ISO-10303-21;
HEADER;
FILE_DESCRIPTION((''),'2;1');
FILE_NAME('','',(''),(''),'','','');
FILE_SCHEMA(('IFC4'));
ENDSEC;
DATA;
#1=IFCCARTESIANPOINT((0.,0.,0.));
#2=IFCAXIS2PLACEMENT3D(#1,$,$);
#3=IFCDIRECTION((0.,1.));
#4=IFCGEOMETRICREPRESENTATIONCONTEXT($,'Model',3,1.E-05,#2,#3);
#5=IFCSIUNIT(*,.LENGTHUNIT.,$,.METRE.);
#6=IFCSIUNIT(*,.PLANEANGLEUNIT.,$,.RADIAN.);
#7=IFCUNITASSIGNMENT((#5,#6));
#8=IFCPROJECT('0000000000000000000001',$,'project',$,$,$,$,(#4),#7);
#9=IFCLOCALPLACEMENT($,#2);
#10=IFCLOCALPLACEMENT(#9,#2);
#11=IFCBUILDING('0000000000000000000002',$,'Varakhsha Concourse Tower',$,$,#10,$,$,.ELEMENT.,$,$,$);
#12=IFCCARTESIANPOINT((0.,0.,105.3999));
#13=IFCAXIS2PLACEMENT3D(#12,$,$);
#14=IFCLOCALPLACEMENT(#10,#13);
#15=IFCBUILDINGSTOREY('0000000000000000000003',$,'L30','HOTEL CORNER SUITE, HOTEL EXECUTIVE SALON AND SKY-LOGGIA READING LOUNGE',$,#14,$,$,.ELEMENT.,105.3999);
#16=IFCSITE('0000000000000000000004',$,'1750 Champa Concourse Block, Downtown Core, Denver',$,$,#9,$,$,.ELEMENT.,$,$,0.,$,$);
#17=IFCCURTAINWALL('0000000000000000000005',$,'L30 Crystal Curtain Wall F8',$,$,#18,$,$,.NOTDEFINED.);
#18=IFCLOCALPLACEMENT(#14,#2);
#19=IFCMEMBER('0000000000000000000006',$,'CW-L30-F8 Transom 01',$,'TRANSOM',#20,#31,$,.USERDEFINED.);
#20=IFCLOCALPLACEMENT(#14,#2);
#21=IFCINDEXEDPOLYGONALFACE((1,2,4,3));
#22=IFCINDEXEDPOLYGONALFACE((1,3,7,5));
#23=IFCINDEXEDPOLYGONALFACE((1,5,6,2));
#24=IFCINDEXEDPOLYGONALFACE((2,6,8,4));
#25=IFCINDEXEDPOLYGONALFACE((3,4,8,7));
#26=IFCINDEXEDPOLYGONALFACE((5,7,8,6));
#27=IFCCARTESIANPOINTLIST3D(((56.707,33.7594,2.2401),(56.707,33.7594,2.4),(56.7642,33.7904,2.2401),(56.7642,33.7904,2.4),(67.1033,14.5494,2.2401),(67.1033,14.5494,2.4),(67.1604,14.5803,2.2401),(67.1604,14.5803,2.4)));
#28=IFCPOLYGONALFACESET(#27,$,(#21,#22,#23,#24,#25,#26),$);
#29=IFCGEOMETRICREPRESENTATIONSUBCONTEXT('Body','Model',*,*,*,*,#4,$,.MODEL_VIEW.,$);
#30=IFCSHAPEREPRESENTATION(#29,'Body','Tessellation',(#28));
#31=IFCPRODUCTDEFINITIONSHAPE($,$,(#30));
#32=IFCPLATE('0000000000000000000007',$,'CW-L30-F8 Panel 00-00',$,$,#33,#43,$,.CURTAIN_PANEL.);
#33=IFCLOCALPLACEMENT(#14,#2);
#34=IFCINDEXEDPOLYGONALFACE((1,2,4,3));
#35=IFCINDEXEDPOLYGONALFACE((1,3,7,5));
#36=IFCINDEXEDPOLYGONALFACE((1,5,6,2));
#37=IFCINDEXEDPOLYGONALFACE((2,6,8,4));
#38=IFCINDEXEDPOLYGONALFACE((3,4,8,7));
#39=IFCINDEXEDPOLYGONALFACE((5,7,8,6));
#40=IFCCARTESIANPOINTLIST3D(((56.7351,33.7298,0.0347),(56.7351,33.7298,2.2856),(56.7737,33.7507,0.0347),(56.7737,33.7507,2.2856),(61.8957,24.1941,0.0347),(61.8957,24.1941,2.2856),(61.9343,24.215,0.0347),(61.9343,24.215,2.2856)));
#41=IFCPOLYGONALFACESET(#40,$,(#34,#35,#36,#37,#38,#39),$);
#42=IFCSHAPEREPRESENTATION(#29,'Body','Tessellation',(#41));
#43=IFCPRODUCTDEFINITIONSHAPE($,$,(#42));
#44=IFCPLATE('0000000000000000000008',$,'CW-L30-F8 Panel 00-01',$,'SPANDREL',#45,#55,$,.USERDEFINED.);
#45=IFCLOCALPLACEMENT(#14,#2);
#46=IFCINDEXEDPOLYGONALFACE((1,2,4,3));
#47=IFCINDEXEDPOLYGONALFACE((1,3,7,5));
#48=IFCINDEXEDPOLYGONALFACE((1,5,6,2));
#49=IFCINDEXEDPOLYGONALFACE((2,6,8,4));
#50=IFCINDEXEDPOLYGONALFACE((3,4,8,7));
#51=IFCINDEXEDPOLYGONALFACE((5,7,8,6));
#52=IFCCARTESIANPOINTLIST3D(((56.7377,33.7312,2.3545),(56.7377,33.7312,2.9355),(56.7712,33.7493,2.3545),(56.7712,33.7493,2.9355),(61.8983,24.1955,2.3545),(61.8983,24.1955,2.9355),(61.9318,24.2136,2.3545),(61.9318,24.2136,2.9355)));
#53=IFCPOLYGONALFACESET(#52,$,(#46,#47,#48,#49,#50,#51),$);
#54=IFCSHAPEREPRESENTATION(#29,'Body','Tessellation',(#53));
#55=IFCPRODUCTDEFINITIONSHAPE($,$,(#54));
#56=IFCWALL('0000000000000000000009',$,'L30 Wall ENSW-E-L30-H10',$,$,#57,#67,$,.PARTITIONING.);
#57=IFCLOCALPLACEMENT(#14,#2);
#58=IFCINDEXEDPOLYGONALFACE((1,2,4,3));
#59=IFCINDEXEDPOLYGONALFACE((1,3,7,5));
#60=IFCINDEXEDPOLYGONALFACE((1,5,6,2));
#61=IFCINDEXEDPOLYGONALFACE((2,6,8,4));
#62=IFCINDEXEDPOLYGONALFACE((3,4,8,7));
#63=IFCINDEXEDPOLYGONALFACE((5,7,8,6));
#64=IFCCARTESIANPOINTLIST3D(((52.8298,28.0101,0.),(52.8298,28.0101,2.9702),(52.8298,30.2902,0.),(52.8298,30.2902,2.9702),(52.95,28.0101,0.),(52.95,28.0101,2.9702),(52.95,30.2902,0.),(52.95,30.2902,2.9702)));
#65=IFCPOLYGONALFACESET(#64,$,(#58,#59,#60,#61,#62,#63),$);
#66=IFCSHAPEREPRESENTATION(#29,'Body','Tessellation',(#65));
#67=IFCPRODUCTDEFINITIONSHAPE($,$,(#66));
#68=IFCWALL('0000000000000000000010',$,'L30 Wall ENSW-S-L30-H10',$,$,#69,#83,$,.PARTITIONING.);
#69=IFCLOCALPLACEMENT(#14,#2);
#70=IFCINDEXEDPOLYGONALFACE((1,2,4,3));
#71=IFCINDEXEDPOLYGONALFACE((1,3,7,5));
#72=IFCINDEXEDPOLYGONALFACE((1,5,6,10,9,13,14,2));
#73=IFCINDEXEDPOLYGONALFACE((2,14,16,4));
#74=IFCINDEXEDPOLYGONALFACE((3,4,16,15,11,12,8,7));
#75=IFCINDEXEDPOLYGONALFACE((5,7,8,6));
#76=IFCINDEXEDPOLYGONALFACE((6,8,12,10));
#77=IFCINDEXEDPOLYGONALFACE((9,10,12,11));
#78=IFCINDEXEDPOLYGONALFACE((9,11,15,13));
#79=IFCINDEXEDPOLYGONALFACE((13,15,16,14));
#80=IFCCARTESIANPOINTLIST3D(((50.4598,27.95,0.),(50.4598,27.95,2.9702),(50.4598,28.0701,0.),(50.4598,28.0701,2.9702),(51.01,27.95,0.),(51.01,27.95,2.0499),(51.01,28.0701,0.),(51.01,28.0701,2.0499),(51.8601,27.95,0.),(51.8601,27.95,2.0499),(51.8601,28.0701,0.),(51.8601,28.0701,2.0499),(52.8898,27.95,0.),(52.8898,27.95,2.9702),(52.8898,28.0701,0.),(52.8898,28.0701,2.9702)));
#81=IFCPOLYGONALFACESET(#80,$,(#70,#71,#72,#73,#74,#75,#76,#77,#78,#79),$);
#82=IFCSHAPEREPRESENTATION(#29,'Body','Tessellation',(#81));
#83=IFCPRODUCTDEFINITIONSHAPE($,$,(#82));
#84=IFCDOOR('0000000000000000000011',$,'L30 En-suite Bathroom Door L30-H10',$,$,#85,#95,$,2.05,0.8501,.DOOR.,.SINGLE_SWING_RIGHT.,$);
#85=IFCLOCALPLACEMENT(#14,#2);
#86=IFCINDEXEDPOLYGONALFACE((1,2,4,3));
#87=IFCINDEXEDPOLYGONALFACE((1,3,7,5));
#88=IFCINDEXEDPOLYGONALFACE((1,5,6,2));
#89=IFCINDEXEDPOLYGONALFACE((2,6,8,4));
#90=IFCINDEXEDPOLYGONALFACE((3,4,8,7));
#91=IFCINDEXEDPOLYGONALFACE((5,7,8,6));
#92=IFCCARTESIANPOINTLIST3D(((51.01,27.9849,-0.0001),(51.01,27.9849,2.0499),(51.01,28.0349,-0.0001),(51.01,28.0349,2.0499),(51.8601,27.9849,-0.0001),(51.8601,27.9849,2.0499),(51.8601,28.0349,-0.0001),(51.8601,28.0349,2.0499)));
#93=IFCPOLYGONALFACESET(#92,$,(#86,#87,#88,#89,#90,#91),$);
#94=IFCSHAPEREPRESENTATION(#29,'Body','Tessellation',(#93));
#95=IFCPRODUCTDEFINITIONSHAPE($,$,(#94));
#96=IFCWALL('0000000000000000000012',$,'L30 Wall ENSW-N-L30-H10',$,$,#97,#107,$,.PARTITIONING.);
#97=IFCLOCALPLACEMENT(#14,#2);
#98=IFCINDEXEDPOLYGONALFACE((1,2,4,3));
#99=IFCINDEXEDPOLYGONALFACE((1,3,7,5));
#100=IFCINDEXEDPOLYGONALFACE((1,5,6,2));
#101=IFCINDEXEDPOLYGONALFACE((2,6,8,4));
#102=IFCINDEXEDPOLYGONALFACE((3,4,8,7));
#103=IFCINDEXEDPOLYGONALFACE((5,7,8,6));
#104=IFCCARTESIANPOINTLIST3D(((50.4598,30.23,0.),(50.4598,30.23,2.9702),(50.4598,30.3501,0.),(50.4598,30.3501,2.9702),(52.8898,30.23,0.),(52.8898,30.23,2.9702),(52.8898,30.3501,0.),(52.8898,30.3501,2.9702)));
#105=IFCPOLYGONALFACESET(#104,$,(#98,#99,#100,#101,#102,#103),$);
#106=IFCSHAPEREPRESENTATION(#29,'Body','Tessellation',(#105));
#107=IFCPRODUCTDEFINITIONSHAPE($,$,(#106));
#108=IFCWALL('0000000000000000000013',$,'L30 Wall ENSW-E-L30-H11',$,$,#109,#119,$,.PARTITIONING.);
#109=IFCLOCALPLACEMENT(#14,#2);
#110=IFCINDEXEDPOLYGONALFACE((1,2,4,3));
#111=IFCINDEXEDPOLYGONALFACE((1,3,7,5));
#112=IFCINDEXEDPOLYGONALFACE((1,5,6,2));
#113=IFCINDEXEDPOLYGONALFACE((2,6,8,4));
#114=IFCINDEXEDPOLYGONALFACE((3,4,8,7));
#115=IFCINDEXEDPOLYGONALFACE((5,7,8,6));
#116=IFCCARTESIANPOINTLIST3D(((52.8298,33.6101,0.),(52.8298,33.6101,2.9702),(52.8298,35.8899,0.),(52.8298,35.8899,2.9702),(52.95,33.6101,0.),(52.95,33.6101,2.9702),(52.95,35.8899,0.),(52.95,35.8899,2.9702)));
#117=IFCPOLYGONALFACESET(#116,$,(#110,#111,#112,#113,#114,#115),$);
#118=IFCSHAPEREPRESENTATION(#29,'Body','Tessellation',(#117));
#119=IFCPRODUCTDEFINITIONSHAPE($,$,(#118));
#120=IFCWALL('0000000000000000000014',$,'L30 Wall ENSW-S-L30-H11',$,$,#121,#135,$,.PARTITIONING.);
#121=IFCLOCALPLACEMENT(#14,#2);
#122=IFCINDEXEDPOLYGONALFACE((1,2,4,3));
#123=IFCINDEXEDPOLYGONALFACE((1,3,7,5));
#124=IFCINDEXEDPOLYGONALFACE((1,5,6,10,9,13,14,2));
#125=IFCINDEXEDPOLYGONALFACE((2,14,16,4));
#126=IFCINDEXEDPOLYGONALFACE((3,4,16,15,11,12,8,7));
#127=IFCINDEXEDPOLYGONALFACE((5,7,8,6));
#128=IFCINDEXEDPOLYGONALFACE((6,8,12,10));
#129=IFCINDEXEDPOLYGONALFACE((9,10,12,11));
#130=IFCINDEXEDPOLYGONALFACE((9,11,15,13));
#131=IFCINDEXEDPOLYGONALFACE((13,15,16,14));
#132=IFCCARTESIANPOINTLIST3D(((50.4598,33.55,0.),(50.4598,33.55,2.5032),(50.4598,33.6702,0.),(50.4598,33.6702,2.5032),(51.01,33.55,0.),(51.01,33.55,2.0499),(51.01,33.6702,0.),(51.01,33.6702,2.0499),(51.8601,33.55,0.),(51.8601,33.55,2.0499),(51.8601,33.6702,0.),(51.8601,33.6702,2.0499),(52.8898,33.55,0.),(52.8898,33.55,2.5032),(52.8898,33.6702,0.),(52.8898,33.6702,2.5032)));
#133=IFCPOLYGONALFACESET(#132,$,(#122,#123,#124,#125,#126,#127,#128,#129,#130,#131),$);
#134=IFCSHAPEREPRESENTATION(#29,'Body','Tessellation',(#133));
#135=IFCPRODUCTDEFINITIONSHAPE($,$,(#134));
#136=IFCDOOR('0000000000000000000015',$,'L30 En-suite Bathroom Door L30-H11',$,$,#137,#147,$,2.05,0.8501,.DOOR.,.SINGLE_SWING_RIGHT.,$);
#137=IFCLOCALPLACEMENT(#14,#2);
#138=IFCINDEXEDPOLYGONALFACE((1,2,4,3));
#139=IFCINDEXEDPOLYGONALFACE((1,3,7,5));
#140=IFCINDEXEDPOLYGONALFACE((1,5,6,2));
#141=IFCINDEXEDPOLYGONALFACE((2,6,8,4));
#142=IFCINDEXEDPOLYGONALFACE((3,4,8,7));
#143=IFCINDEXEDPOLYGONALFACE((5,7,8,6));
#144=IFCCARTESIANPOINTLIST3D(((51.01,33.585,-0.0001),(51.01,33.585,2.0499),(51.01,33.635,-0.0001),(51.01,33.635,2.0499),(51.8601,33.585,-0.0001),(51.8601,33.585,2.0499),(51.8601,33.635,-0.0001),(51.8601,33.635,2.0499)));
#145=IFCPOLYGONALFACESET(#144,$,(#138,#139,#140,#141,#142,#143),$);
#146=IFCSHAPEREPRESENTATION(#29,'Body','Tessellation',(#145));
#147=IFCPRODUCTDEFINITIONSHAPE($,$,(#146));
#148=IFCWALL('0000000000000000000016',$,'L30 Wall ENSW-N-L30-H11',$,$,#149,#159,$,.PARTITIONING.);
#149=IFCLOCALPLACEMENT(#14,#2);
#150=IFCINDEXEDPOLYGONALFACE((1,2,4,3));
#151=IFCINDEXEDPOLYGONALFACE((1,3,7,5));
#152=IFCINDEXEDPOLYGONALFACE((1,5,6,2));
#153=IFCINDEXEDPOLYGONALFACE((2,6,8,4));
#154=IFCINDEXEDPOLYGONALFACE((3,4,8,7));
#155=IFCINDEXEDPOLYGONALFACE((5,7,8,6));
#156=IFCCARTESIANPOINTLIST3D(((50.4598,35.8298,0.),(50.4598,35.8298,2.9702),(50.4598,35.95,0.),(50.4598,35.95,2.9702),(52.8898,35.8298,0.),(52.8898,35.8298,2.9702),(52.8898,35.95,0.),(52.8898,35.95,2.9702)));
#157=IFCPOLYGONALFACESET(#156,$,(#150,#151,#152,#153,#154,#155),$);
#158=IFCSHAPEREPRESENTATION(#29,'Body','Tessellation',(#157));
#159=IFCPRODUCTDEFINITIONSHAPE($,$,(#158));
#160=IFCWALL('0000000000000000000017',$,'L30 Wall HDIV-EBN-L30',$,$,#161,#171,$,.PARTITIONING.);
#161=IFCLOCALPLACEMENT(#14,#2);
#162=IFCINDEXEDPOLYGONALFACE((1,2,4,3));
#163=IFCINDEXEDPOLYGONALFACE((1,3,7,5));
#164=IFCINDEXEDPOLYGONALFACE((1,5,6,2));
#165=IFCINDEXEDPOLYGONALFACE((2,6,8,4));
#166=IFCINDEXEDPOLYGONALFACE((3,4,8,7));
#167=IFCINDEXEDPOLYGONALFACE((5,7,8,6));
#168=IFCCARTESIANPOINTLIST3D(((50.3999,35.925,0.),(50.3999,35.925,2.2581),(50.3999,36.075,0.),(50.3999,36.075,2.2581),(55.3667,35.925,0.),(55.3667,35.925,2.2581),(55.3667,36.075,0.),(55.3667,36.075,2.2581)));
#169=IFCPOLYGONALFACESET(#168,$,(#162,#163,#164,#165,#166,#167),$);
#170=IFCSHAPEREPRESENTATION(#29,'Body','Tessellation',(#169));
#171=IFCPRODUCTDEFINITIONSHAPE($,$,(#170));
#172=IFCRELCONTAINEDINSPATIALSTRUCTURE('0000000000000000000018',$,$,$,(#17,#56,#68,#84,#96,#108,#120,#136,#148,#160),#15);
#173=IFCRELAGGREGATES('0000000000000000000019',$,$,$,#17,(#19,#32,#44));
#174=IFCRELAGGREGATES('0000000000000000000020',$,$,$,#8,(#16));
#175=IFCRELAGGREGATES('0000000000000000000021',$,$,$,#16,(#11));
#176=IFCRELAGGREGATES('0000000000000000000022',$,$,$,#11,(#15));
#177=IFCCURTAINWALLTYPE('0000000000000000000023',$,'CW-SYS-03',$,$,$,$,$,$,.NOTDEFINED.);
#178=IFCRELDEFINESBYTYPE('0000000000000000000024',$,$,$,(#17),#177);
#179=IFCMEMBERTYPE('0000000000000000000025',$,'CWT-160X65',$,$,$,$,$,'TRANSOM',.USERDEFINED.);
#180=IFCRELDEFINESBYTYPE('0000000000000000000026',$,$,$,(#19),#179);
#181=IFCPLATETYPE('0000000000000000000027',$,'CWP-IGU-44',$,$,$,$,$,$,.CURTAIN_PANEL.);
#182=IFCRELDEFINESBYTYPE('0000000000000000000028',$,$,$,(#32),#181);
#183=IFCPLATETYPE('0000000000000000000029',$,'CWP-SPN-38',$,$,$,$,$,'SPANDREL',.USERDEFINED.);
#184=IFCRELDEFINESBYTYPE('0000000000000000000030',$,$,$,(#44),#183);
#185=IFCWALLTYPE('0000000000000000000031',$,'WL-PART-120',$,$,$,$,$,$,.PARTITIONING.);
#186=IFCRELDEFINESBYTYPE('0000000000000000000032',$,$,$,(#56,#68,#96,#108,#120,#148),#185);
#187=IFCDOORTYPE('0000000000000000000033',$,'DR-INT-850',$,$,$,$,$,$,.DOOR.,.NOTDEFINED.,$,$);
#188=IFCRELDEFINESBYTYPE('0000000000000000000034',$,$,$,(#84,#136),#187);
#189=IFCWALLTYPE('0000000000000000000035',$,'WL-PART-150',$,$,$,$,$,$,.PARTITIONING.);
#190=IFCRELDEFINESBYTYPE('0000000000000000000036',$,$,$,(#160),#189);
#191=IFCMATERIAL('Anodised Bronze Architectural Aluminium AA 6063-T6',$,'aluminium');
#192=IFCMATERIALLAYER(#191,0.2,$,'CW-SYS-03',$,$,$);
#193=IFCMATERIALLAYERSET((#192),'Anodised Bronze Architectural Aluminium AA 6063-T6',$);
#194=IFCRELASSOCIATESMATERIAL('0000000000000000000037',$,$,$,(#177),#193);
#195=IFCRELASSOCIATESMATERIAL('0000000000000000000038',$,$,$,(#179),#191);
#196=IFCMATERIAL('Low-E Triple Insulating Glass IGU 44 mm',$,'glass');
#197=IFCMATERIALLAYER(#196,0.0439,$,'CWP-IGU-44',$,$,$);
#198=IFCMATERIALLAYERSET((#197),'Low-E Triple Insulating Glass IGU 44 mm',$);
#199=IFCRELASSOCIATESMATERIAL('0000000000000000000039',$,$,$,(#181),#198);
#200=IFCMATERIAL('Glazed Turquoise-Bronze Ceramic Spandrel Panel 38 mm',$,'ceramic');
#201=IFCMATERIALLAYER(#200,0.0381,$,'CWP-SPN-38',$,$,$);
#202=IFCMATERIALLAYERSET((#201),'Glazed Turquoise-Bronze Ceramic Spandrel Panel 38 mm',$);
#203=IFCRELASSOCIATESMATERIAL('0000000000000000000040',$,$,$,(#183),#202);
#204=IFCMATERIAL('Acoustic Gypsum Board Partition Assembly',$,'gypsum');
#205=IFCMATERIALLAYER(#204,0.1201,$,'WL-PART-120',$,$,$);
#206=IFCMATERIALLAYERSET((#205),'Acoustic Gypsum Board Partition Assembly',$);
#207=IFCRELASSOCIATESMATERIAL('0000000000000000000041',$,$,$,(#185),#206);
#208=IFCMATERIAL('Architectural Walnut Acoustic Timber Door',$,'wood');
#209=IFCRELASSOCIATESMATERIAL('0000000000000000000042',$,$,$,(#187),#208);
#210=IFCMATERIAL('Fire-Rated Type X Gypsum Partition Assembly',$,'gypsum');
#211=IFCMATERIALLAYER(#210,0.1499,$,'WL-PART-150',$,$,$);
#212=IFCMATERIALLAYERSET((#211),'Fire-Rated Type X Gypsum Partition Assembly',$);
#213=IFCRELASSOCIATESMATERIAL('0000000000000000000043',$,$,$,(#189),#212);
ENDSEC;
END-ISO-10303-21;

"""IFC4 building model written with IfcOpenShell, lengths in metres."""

from ifc_helpers import new_model, si_unit, direction, frame, frame_2d, origin, origin_2d, place, context, subcontext, project, spatial, rectangle, extrude, source, transform, mapped, material, layer, layer_set, material_profile, profile_set, type_object, type_shapes, element, fill, aggregate, save


model = new_model("IFC4")

# Units and contexts
model_context = context("Model", 3, precision=1e-05, world=origin(), true_north=direction((0.0, 1.0)))
body_context = subcontext(model_context, "Body", "Model", "MODEL_VIEW")
ifc_project = project(units=[si_unit("LENGTHUNIT", "METRE"), si_unit("PLANEANGLEUNIT", "RADIAN")], contexts=[model_context])

# Site, building, storey
site_placement = place(None, origin())
site = spatial("IfcSite", under=ifc_project, at=site_placement, Name="1750 Champa Concourse Block, Downtown Core, Denver", CompositionType="ELEMENT", RefElevation=0.0)
building_placement = place(site_placement, origin())
building = spatial("IfcBuilding", under=site, at=building_placement, Name="Varakhsha Concourse Tower", CompositionType="ELEMENT")
storey_placement = place(building_placement, frame((0.0, 0.0, 105.3999)))
storey = spatial("IfcBuildingStorey", under=building, at=storey_placement, Name="L30", Description="HOTEL CORNER SUITE, HOTEL EXECUTIVE SALON AND SKY-LOGGIA READING LOUNGE", CompositionType="ELEMENT", Elevation=105.3999)

# Curtain wall
ifc_material_1 = material(Name="Anodised Bronze Architectural Aluminium AA 6063-T6", Category="aluminium")
ifc_layer_1 = layer(ifc_material_1, 0.2, Name="CW-SYS-03")
ifc_layer_set_1 = layer_set([ifc_layer_1], Name="Anodised Bronze Architectural Aluminium AA 6063-T6")
curtain_wall_type = type_object("IfcCurtainWallType", Name="CW-SYS-03", PredefinedType="NOTDEFINED", material=ifc_layer_set_1)
curtain_wall_1_placement = place(storey_placement, origin())
curtain_wall_1 = element("IfcCurtainWall", 1, at=curtain_wall_1_placement, inside=storey, type_object=curtain_wall_type, Name="L30 Crystal Curtain Wall F8", PredefinedType="NOTDEFINED")

# Member
ifc_material_profile_1 = material_profile(ifc_material_1, rectangle(XDim=0.0649, YDim=0.1599, at=origin_2d()), Name="CWT-160X65")
ifc_profile_set_1 = profile_set([ifc_material_profile_1], Name="Anodised Bronze Architectural Aluminium AA 6063-T6")
member_type_1 = type_object("IfcMemberType", Name="CWT-160X65", ElementType="TRANSOM", PredefinedType="USERDEFINED", material=ifc_profile_set_1)
shared_shape_1 = source(origin(), body_context, "Body", "SweptSolid", [
    extrude(rectangle(XDim=0.0649, YDim=0.1599, at=origin_2d()), origin(), (0.0, 0.0, 1.0), 21.8428),
])
type_shapes(member_type_1, [shared_shape_1])
member_1_placement = place(storey_placement, frame((56.7356, 33.7749, 2.3201), z_axis=(0.475959, -0.879467, 0.0), x_axis=(0.879467, 0.475959, 0.0)))
member_1 = element("IfcMember", 2, at=member_1_placement, type_object=member_type_1, Name="CW-L30-F8 Transom 01", ObjectType="TRANSOM", PredefinedType="USERDEFINED", context=body_context, shape_type="MappedRepresentation", body=[
    mapped(shared_shape_1, transform((0.0, 0.0, 0.0), scale=1.0)),
])

# Plates
ifc_material_2 = material(Name="Low-E Triple Insulating Glass IGU 44 mm", Category="glass")
ifc_layer_2 = layer(ifc_material_2, 0.0439, Name="CWP-IGU-44")
ifc_layer_set_2 = layer_set([ifc_layer_2], Name="Low-E Triple Insulating Glass IGU 44 mm")
plate_type_1 = type_object("IfcPlateType", Name="CWP-IGU-44", PredefinedType="CURTAIN_PANEL", material=ifc_layer_set_2)
shared_shape_2 = source(origin(), body_context, "Body", "SweptSolid", [
    extrude(rectangle(XDim=10.8425, YDim=0.0439, at=origin_2d()), origin(), (0.0, 0.0, 1.0), 2.251),
])
type_shapes(plate_type_1, [shared_shape_2])
plate_1_placement = place(storey_placement, frame((59.3347, 28.9724, 0.0347), z_axis=(0.0, 0.0, 1.0), x_axis=(0.475959, -0.879468, 0.0)))
plate_1 = element("IfcPlate", 3, at=plate_1_placement, type_object=plate_type_1, Name="CW-L30-F8 Panel 00-00", PredefinedType="CURTAIN_PANEL", context=body_context, shape_type="MappedRepresentation", body=[
    mapped(shared_shape_2, transform((0.0, 0.0, 0.0), scale=1.0)),
])
ifc_material_3 = material(Name="Glazed Turquoise-Bronze Ceramic Spandrel Panel 38 mm", Category="ceramic")
ifc_layer_3 = layer(ifc_material_3, 0.0381, Name="CWP-SPN-38")
ifc_layer_set_3 = layer_set([ifc_layer_3], Name="Glazed Turquoise-Bronze Ceramic Spandrel Panel 38 mm")
plate_type_2 = type_object("IfcPlateType", Name="CWP-SPN-38", ElementType="SPANDREL", PredefinedType="USERDEFINED", material=ifc_layer_set_3)
shared_shape_3 = source(origin(), body_context, "Body", "SweptSolid", [
    extrude(rectangle(XDim=10.8425, YDim=0.0381, at=origin_2d()), origin(), (0.0, 0.0, 1.0), 0.5811),
])
type_shapes(plate_type_2, [shared_shape_3])
plate_2_placement = place(storey_placement, frame((59.3347, 28.9724, 2.3545), z_axis=(0.0, 0.0, 1.0), x_axis=(0.475959, -0.879468, 0.0)))
plate_2 = element("IfcPlate", 4, at=plate_2_placement, type_object=plate_type_2, Name="CW-L30-F8 Panel 00-01", ObjectType="SPANDREL", PredefinedType="USERDEFINED", context=body_context, shape_type="MappedRepresentation", body=[
    mapped(shared_shape_3, transform((0.0, 0.0, 0.0), scale=1.0)),
])
aggregate(curtain_wall_1, [member_1, plate_1, plate_2])

# Wall
ifc_material_4 = material(Name="Acoustic Gypsum Board Partition Assembly", Category="gypsum")
ifc_layer_4 = layer(ifc_material_4, 0.1201, Name="WL-PART-120")
ifc_layer_set_4 = layer_set([ifc_layer_4], Name="Acoustic Gypsum Board Partition Assembly")
wall_type_1 = type_object("IfcWallType", Name="WL-PART-120", PredefinedType="PARTITIONING", material=ifc_layer_set_4)
wall_1_placement = place(storey_placement, frame((52.8899, 28.01, 0.0), z_axis=(0.0, 0.0, 1.0), x_axis=(0.0, 1.0, 0.0)))
element("IfcWall", 5, at=wall_1_placement, inside=storey, type_object=wall_type_1, Name="L30 Wall ENSW-E-L30-H10", PredefinedType="PARTITIONING", context=body_context, shape_type="SweptSolid", body=[
    extrude(rectangle(XDim=2.28, YDim=0.1201, at=frame_2d((1.1401, 0.0))), origin(), (0.0, 0.0, 1.0), 2.9702),
])

# Wall, opening, door
wall_2_placement = place(storey_placement, frame((50.46, 28.01, 0.0), z_axis=(0.0, 0.0, 1.0), x_axis=(1.0, 0.0, 0.0)))
wall_2 = element("IfcWall", 6, at=wall_2_placement, inside=storey, type_object=wall_type_1, Name="L30 Wall ENSW-S-L30-H10", PredefinedType="PARTITIONING", context=body_context, shape_type="SweptSolid", body=[
    extrude(rectangle(XDim=2.4299, YDim=0.1201, at=frame_2d((1.2148, 0.0))), origin(), (0.0, 0.0, 1.0), 2.9702),
])
opening_1_placement = place(wall_2_placement, frame((0.55, 0.0, 0.0)))
opening_1 = element("IfcOpeningElement", 7, at=opening_1_placement, cuts=wall_2, PredefinedType="OPENING", context=body_context, shape_type="SweptSolid", body=[
    extrude(rectangle(XDim=0.8501, YDim=2.05, at=frame_2d((0.425, 1.0249))), frame((0.0, 0.0701, 0.0), z_axis=(0.0, -1.0, 0.0), x_axis=(1.0, 0.0, 0.0)), (0.0, 0.0, 1.0), 0.1401),
])
ifc_material_5 = material(Name="Architectural Walnut Acoustic Timber Door", Category="wood")
door_type = type_object("IfcDoorType", Name="DR-INT-850", OperationType="NOTDEFINED", PredefinedType="DOOR", material=ifc_material_5)
door_1_placement = place(opening_1_placement, origin())
door_1 = element("IfcDoor", 8, at=door_1_placement, inside=storey, type_object=door_type, Name="L30 En-suite Bathroom Door L30-H10", OperationType="SINGLE_SWING_RIGHT", OverallHeight=2.05, OverallWidth=0.8501, PredefinedType="DOOR", context=body_context, shape_type="SweptSolid", body=[
    extrude(rectangle(XDim=0.8501, YDim=2.05, at=frame_2d((0.425, 1.0249))), frame((0.0, 0.0249, 0.0), z_axis=(0.0, -1.0, 0.0), x_axis=(1.0, 0.0, 0.0)), (0.0, 0.0, 1.0), 0.05),
])
fill(opening_1, door_1)

# Walls
wall_3_placement = place(storey_placement, frame((50.46, 30.29, 0.0), z_axis=(0.0, 0.0, 1.0), x_axis=(1.0, 0.0, 0.0)))
element("IfcWall", 9, at=wall_3_placement, inside=storey, type_object=wall_type_1, Name="L30 Wall ENSW-N-L30-H10", PredefinedType="PARTITIONING", context=body_context, shape_type="SweptSolid", body=[
    extrude(rectangle(XDim=2.4299, YDim=0.1201, at=frame_2d((1.2148, 0.0))), origin(), (0.0, 0.0, 1.0), 2.9702),
])
wall_4_placement = place(storey_placement, frame((52.8899, 33.6101, 0.0), z_axis=(0.0, 0.0, 1.0), x_axis=(0.0, 1.0, 0.0)))
element("IfcWall", 10, at=wall_4_placement, inside=storey, type_object=wall_type_1, Name="L30 Wall ENSW-E-L30-H11", PredefinedType="PARTITIONING", context=body_context, shape_type="SweptSolid", body=[
    extrude(rectangle(XDim=2.2798, YDim=0.1201, at=frame_2d((1.1399, 0.0))), origin(), (0.0, 0.0, 1.0), 2.9702),
])

# Wall, opening, door
wall_5_placement = place(storey_placement, frame((50.46, 33.6101, 0.0), z_axis=(0.0, 0.0, 1.0), x_axis=(1.0, 0.0, 0.0)))
wall_5 = element("IfcWall", 11, at=wall_5_placement, inside=storey, type_object=wall_type_1, Name="L30 Wall ENSW-S-L30-H11", PredefinedType="PARTITIONING", context=body_context, shape_type="SweptSolid", body=[
    extrude(rectangle(XDim=2.4299, YDim=0.1201, at=frame_2d((1.2148, 0.0))), origin(), (0.0, 0.0, 1.0), 2.5032),
])
opening_2_placement = place(wall_5_placement, frame((0.55, 0.0, 0.0)))
opening_2 = element("IfcOpeningElement", 12, at=opening_2_placement, cuts=wall_5, PredefinedType="OPENING", context=body_context, shape_type="SweptSolid", body=[
    extrude(rectangle(XDim=0.8501, YDim=2.05, at=frame_2d((0.425, 1.0249))), frame((0.0, 0.0701, 0.0), z_axis=(0.0, -1.0, 0.0), x_axis=(1.0, 0.0, 0.0)), (0.0, 0.0, 1.0), 0.1401),
])
door_2_placement = place(opening_2_placement, origin())
door_2 = element("IfcDoor", 13, at=door_2_placement, inside=storey, type_object=door_type, Name="L30 En-suite Bathroom Door L30-H11", OperationType="SINGLE_SWING_RIGHT", OverallHeight=2.05, OverallWidth=0.8501, PredefinedType="DOOR", context=body_context, shape_type="SweptSolid", body=[
    extrude(rectangle(XDim=0.8501, YDim=2.05, at=frame_2d((0.425, 1.0249))), frame((0.0, 0.0249, 0.0), z_axis=(0.0, -1.0, 0.0), x_axis=(1.0, 0.0, 0.0)), (0.0, 0.0, 1.0), 0.05),
])
fill(opening_2, door_2)

# Walls
wall_6_placement = place(storey_placement, frame((50.46, 35.8899, 0.0), z_axis=(0.0, 0.0, 1.0), x_axis=(1.0, 0.0, 0.0)))
element("IfcWall", 14, at=wall_6_placement, inside=storey, type_object=wall_type_1, Name="L30 Wall ENSW-N-L30-H11", PredefinedType="PARTITIONING", context=body_context, shape_type="SweptSolid", body=[
    extrude(rectangle(XDim=2.4299, YDim=0.1201, at=frame_2d((1.2148, 0.0))), origin(), (0.0, 0.0, 1.0), 2.9702),
])
ifc_material_6 = material(Name="Fire-Rated Type X Gypsum Partition Assembly", Category="gypsum")
ifc_layer_5 = layer(ifc_material_6, 0.1499, Name="WL-PART-150")
ifc_layer_set_5 = layer_set([ifc_layer_5], Name="Fire-Rated Type X Gypsum Partition Assembly")
wall_type_2 = type_object("IfcWallType", Name="WL-PART-150", PredefinedType="PARTITIONING", material=ifc_layer_set_5)
wall_7_placement = place(storey_placement, frame((50.3999, 36.0, 0.0), z_axis=(0.0, 0.0, 1.0), x_axis=(1.0, 0.0, 0.0)))
element("IfcWall", 15, at=wall_7_placement, inside=storey, type_object=wall_type_2, Name="L30 Wall HDIV-EBN-L30", PredefinedType="PARTITIONING", context=body_context, shape_type="SweptSolid", body=[
    extrude(rectangle(XDim=4.9668, YDim=0.1499, at=frame_2d((2.4834, 0.0))), origin(), (0.0, 0.0, 1.0), 2.2581),
])

save(model, "model.ifc")
